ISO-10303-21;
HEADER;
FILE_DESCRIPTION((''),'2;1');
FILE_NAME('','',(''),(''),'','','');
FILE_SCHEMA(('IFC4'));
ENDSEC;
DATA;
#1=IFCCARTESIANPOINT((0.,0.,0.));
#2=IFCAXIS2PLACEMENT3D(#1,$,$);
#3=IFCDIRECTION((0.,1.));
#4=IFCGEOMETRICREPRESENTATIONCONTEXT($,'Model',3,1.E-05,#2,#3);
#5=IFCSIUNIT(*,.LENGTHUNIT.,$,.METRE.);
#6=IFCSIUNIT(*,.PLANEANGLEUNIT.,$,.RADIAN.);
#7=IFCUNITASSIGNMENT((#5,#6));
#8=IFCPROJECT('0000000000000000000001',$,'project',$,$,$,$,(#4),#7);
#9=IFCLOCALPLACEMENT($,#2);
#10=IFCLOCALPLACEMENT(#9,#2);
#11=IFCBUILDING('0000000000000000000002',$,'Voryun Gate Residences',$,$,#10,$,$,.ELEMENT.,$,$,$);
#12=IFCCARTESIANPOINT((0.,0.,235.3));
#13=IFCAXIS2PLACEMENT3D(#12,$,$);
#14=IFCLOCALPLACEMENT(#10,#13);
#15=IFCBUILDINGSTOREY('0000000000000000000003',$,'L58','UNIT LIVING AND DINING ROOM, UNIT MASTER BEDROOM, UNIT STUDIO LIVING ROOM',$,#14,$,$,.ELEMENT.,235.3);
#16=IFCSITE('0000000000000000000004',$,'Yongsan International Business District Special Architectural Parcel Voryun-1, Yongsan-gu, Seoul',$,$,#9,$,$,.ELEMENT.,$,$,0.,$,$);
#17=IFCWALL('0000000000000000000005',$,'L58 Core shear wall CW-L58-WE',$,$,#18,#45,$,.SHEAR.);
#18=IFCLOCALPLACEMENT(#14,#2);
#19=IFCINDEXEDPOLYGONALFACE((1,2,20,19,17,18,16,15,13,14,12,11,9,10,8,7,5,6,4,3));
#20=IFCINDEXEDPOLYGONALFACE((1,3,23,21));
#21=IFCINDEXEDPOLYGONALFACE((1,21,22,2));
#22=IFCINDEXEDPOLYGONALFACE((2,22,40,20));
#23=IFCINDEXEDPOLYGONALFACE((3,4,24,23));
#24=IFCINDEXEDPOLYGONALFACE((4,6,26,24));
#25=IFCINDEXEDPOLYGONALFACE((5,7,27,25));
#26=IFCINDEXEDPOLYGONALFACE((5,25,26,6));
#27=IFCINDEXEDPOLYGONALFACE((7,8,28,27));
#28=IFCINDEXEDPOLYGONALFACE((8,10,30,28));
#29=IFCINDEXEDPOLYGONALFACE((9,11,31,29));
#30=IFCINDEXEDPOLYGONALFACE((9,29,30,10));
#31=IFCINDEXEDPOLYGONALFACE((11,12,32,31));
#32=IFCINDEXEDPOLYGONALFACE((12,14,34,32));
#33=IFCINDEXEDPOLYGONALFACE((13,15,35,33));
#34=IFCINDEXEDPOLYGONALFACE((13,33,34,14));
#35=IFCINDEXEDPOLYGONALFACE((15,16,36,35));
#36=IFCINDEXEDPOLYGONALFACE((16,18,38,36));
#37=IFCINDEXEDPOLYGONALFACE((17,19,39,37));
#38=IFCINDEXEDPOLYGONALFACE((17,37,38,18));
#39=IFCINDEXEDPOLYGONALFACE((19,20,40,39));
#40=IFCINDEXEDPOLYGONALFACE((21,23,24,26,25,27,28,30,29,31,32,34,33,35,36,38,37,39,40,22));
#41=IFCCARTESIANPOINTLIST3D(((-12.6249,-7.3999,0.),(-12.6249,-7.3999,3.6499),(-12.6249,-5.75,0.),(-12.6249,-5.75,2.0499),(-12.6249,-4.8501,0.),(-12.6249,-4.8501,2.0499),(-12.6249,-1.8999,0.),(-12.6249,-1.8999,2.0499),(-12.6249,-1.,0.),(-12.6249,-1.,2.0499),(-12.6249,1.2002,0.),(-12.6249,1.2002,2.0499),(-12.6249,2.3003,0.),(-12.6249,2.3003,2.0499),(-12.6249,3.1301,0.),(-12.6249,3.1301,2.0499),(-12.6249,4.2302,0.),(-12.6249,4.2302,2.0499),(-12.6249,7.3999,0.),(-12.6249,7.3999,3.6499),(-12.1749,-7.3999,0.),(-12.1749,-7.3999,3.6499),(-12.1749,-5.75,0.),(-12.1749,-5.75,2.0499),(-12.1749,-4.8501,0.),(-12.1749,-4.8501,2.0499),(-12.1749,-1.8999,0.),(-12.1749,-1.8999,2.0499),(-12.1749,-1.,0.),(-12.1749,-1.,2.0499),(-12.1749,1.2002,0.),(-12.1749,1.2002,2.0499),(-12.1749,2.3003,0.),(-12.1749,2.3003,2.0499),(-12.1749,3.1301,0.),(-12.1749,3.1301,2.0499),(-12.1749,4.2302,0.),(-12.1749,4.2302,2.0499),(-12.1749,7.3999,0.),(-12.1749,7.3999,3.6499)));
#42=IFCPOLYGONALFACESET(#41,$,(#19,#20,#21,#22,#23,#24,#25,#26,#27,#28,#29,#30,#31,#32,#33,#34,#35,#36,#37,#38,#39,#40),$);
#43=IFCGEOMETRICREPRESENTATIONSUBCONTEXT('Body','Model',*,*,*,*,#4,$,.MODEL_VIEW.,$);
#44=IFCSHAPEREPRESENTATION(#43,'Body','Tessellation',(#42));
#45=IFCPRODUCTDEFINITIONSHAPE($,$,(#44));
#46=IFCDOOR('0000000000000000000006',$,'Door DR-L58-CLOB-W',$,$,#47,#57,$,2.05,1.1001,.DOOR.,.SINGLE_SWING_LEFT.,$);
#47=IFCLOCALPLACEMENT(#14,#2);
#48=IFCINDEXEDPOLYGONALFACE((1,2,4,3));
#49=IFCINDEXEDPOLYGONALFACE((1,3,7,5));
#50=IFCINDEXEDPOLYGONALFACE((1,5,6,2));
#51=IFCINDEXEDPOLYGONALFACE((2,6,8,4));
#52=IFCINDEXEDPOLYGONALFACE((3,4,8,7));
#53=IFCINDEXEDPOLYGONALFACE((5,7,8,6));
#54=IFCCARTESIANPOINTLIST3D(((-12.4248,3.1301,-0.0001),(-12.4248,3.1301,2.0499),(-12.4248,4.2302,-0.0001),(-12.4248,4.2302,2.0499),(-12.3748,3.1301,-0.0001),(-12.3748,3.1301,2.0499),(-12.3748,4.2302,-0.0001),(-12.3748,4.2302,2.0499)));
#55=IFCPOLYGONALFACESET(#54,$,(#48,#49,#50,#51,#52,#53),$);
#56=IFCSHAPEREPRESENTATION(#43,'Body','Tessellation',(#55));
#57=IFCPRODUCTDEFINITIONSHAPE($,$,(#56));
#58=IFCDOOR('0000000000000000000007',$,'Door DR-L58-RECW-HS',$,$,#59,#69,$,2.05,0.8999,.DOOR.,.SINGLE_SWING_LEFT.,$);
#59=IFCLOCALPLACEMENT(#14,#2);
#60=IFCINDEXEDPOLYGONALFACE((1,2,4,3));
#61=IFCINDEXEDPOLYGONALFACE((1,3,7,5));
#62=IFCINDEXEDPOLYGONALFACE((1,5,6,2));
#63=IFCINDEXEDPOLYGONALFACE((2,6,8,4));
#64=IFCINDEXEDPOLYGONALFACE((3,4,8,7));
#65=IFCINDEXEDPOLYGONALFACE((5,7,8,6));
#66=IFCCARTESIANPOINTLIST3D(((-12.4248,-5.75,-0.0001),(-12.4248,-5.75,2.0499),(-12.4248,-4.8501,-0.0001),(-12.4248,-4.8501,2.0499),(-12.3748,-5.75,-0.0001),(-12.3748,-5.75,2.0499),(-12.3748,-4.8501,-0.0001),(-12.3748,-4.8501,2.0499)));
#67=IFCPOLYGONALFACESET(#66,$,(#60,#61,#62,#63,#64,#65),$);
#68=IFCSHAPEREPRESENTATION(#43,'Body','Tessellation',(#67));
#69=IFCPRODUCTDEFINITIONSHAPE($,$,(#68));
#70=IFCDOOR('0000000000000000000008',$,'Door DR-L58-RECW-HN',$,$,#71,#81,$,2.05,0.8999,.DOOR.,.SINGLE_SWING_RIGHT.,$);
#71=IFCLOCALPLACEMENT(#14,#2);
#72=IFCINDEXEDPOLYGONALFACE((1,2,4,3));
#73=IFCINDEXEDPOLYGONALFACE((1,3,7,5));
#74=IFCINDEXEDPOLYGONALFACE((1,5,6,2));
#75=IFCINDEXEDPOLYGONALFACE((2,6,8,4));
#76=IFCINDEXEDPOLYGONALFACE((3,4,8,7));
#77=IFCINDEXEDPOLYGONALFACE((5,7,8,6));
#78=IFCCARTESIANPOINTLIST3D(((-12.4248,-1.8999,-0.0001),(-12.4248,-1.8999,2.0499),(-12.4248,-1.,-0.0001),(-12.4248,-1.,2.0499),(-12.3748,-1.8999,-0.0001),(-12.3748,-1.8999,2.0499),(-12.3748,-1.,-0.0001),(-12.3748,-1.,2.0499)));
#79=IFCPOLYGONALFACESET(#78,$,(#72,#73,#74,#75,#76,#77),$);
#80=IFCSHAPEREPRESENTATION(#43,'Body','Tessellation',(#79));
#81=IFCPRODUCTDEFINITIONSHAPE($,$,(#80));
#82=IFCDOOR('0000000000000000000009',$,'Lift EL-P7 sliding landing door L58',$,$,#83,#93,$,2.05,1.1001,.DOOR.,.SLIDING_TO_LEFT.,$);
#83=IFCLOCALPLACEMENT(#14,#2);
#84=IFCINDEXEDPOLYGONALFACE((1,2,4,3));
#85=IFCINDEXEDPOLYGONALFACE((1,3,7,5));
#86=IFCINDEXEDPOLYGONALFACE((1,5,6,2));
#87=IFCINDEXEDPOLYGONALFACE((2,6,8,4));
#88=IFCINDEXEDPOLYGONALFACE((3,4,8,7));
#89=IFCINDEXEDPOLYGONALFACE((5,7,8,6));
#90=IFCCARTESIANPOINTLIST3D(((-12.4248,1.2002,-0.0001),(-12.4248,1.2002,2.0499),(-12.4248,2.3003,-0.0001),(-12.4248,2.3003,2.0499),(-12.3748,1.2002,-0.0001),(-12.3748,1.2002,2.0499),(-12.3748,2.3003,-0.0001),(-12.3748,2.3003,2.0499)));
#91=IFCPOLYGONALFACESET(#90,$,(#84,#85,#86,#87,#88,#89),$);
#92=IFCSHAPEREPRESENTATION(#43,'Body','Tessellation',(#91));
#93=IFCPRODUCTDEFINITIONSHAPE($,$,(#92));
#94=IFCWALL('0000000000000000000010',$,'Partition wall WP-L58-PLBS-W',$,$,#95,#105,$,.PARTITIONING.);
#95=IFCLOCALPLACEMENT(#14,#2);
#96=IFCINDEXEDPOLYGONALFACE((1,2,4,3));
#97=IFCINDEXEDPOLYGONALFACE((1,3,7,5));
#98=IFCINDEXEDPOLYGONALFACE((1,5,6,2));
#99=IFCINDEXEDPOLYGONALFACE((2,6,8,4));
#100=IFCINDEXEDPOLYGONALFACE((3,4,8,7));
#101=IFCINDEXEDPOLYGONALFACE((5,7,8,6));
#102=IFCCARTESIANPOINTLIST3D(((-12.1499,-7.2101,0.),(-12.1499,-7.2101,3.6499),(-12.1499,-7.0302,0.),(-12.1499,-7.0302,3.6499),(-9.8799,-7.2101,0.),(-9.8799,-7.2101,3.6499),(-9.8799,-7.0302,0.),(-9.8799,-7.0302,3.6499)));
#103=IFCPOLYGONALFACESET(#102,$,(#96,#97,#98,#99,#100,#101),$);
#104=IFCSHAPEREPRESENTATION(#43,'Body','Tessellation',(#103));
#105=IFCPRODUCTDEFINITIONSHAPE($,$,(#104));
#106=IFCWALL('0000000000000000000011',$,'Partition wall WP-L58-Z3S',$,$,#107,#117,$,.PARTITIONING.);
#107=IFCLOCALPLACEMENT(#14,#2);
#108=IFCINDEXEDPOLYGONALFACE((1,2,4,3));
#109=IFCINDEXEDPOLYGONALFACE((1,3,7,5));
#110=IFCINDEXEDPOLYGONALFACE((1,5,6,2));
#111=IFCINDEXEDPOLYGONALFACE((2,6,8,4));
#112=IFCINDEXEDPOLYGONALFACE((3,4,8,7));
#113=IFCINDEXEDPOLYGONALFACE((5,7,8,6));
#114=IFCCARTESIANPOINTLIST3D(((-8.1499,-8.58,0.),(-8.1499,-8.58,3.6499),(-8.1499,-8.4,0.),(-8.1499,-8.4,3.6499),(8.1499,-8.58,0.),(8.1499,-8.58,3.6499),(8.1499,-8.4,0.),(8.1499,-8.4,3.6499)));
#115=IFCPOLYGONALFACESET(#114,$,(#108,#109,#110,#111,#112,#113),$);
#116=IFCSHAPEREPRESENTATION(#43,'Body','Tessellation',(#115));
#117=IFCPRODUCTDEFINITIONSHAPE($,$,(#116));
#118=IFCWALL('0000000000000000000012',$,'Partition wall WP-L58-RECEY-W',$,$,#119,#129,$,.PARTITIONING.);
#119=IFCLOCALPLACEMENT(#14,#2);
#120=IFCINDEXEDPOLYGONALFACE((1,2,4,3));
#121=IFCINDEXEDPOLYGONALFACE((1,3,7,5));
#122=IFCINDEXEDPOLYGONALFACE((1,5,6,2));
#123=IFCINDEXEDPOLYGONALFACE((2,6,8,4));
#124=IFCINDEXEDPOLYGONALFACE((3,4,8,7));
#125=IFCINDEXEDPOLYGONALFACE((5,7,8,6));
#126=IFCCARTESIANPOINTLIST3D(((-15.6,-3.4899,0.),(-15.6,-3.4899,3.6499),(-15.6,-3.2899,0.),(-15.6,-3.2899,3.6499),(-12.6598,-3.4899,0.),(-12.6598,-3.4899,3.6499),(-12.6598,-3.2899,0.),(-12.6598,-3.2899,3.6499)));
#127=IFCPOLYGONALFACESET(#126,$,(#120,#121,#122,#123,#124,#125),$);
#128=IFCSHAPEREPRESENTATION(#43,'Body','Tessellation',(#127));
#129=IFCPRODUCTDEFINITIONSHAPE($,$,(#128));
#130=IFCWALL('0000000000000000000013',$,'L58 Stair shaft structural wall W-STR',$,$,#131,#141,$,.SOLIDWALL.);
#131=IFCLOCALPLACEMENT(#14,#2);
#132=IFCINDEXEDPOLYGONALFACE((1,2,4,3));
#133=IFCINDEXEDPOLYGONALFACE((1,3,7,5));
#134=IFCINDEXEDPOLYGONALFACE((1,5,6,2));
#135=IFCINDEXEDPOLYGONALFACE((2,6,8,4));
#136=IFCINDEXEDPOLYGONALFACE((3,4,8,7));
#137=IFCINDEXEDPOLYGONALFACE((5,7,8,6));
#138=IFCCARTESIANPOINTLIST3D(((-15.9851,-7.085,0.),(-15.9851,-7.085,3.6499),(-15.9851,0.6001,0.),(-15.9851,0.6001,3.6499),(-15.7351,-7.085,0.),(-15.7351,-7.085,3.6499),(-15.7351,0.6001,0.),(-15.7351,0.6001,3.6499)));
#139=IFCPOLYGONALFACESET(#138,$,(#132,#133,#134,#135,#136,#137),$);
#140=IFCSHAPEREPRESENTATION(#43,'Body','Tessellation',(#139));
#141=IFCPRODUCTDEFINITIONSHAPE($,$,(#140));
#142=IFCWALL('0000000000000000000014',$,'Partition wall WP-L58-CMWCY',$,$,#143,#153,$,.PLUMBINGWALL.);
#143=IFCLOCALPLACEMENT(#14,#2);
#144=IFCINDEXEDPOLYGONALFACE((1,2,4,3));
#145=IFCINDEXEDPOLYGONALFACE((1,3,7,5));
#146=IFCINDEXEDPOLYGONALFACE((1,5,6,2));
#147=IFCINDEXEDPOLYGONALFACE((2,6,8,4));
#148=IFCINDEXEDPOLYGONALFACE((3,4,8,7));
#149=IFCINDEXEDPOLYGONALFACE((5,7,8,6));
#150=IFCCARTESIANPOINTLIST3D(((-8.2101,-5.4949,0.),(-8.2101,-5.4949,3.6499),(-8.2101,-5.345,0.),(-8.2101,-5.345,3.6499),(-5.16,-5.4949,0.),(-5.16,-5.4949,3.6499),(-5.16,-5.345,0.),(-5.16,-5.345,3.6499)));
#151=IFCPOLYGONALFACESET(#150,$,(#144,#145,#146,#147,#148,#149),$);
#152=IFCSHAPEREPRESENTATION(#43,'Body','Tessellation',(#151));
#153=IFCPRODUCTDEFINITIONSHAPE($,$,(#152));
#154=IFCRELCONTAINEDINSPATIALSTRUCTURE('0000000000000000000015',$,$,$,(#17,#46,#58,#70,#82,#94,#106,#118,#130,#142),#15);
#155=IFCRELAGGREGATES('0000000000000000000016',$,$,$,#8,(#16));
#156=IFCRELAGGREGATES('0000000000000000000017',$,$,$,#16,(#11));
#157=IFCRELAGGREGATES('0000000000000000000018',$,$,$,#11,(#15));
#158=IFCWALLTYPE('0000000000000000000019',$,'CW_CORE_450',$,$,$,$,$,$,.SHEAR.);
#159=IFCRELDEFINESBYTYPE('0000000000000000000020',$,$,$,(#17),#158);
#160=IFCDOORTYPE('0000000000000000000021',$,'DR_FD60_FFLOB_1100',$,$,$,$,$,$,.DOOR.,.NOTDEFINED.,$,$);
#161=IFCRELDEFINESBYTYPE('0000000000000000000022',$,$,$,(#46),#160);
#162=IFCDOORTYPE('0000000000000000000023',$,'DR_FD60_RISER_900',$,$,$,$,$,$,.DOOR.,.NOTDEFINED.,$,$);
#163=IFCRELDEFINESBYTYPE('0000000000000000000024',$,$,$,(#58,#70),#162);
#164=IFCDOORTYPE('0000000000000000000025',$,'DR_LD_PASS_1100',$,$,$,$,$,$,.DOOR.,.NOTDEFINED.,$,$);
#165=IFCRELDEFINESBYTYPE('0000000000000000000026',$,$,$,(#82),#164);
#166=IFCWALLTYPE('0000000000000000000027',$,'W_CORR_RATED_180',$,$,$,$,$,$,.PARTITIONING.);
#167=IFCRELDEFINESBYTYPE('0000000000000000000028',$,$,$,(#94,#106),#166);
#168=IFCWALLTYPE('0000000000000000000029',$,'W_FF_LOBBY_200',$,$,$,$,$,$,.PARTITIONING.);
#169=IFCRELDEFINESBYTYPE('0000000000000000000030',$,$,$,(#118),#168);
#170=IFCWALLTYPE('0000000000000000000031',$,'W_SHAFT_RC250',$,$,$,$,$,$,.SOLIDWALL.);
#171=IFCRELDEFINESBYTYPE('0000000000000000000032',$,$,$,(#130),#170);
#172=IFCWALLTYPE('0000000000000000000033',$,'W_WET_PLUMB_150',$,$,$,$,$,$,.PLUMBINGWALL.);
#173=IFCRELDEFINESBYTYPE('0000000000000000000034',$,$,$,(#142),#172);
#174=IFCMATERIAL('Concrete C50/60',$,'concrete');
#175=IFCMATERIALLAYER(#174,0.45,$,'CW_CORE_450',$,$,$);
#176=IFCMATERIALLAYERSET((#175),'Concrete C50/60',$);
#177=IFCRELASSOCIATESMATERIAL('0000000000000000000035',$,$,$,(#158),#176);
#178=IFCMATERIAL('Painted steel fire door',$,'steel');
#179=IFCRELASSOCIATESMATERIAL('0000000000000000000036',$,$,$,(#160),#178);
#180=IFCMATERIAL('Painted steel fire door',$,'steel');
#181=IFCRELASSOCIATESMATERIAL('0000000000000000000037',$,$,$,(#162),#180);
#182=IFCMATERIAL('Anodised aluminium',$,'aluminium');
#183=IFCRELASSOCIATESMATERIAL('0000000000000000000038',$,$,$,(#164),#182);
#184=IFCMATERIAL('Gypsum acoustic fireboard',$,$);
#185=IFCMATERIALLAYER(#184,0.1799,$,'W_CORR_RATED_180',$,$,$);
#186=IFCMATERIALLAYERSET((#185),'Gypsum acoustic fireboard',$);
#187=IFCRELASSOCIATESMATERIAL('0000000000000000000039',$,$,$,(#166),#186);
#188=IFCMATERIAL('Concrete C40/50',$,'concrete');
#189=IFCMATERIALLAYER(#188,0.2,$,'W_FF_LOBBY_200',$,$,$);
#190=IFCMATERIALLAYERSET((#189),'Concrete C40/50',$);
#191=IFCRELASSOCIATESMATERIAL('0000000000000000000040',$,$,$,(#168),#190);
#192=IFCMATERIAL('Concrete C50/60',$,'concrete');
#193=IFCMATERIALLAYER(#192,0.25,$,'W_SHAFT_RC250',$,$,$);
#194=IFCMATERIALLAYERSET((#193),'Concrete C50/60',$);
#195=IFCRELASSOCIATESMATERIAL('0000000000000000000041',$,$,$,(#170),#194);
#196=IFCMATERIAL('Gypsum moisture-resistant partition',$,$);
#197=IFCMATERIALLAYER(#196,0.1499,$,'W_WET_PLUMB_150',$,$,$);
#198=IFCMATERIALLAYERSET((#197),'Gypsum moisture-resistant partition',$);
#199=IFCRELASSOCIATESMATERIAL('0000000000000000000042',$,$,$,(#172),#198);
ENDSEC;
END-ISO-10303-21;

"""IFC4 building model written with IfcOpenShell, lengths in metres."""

from ifc_helpers import new_model, si_unit, direction, frame, frame_2d, origin, place, context, subcontext, project, spatial, rectangle, extrude, material, layer, layer_set, type_object, element, fill, save


model = new_model("IFC4")

# Units and contexts
model_context = context("Model", 3, precision=1e-05, world=origin(), true_north=direction((0.0, 1.0)))
body_context = subcontext(model_context, "Body", "Model", "MODEL_VIEW")
ifc_project = project(units=[si_unit("LENGTHUNIT", "METRE"), si_unit("PLANEANGLEUNIT", "RADIAN")], contexts=[model_context])

# Site, building, storey
site_placement = place(None, origin())
site = spatial("IfcSite", under=ifc_project, at=site_placement, Name="Yongsan International Business District Special Architectural Parcel Voryun-1, Yongsan-gu, Seoul", CompositionType="ELEMENT", RefElevation=0.0)
building_placement = place(site_placement, origin())
building = spatial("IfcBuilding", under=site, at=building_placement, Name="Voryun Gate Residences", CompositionType="ELEMENT")
storey_placement = place(building_placement, frame((0.0, 0.0, 235.3)))
storey = spatial("IfcBuildingStorey", under=building, at=storey_placement, Name="L58", Description="UNIT LIVING AND DINING ROOM, UNIT MASTER BEDROOM, UNIT STUDIO LIVING ROOM", CompositionType="ELEMENT", Elevation=235.3)

# Wall, openings, doors
ifc_material_1 = material(Name="Concrete C50/60", Category="concrete")
ifc_layer_1 = layer(ifc_material_1, 0.45, Name="CW_CORE_450")
ifc_layer_set_1 = layer_set([ifc_layer_1], Name="Concrete C50/60")
wall_type_1 = type_object("IfcWallType", Name="CW_CORE_450", PredefinedType="SHEAR", material=ifc_layer_set_1)
wall_1_placement = place(storey_placement, frame((-12.3999, -7.3999, 0.0), z_axis=(0.0, 0.0, 1.0), x_axis=(0.0, 1.0, 0.0)))
wall_1 = element("IfcWall", 1, at=wall_1_placement, inside=storey, type_object=wall_type_1, Name="L58 Core shear wall CW-L58-WE", PredefinedType="SHEAR", context=body_context, shape_type="SweptSolid", body=[
    extrude(rectangle(XDim=14.7998, YDim=0.45, at=frame_2d((7.3999, 0.0))), origin(), (0.0, 0.0, 1.0), 3.6499),
])
opening_1_placement = place(wall_1_placement, frame((8.6001, 0.0, 0.0)))
opening_1 = element("IfcOpeningElement", 2, at=opening_1_placement, cuts=wall_1, PredefinedType="OPENING", context=body_context, shape_type="SweptSolid", body=[
    extrude(rectangle(XDim=1.1001, YDim=2.05, at=frame_2d((0.55, 1.0249))), frame((0.0, 0.2351, 0.0), z_axis=(0.0, -1.0, 0.0), x_axis=(1.0, 0.0, 0.0)), (0.0, 0.0, 1.0), 0.47),
])
opening_2_placement = place(wall_1_placement, frame((10.53, 0.0, 0.0)))
opening_2 = element("IfcOpeningElement", 3, at=opening_2_placement, cuts=wall_1, PredefinedType="OPENING", context=body_context, shape_type="SweptSolid", body=[
    extrude(rectangle(XDim=1.1001, YDim=2.05, at=frame_2d((0.55, 1.0249))), frame((0.0, 0.2351, 0.0), z_axis=(0.0, -1.0, 0.0), x_axis=(1.0, 0.0, 0.0)), (0.0, 0.0, 1.0), 0.47),
])
opening_3_placement = place(wall_1_placement, frame((1.6499, 0.0, 0.0)))
opening_3 = element("IfcOpeningElement", 4, at=opening_3_placement, cuts=wall_1, PredefinedType="OPENING", context=body_context, shape_type="SweptSolid", body=[
    extrude(rectangle(XDim=0.8999, YDim=2.05, at=frame_2d((0.45, 1.0249))), frame((0.0, 0.2351, 0.0), z_axis=(0.0, -1.0, 0.0), x_axis=(1.0, 0.0, 0.0)), (0.0, 0.0, 1.0), 0.47),
])
opening_4_placement = place(wall_1_placement, frame((5.5, 0.0, 0.0)))
opening_4 = element("IfcOpeningElement", 5, at=opening_4_placement, cuts=wall_1, PredefinedType="OPENING", context=body_context, shape_type="SweptSolid", body=[
    extrude(rectangle(XDim=0.8999, YDim=2.05, at=frame_2d((0.45, 1.0249))), frame((0.0, 0.2351, 0.0), z_axis=(0.0, -1.0, 0.0), x_axis=(1.0, 0.0, 0.0)), (0.0, 0.0, 1.0), 0.47),
])
ifc_material_2 = material(Name="Painted steel fire door", Category="steel")
door_type_1 = type_object("IfcDoorType", Name="DR_FD60_FFLOB_1100", OperationType="NOTDEFINED", PredefinedType="DOOR", material=ifc_material_2)
door_1_placement = place(opening_2_placement, origin())
door_1 = element("IfcDoor", 6, at=door_1_placement, inside=storey, type_object=door_type_1, Name="Door DR-L58-CLOB-W", OperationType="SINGLE_SWING_LEFT", OverallHeight=2.05, OverallWidth=1.1001, PredefinedType="DOOR", context=body_context, shape_type="SweptSolid", body=[
    extrude(rectangle(XDim=1.1001, YDim=2.05, at=frame_2d((0.55, 1.0249))), frame((0.0, 0.0249, 0.0), z_axis=(0.0, -1.0, 0.0), x_axis=(1.0, 0.0, 0.0)), (0.0, 0.0, 1.0), 0.05),
])
fill(opening_2, door_1)
ifc_material_3 = material(Name="Painted steel fire door", Category="steel")
door_type_2 = type_object("IfcDoorType", Name="DR_FD60_RISER_900", OperationType="NOTDEFINED", PredefinedType="DOOR", material=ifc_material_3)
door_2_placement = place(opening_3_placement, origin())
door_2 = element("IfcDoor", 7, at=door_2_placement, inside=storey, type_object=door_type_2, Name="Door DR-L58-RECW-HS", OperationType="SINGLE_SWING_LEFT", OverallHeight=2.05, OverallWidth=0.8999, PredefinedType="DOOR", context=body_context, shape_type="SweptSolid", body=[
    extrude(rectangle(XDim=0.8999, YDim=2.05, at=frame_2d((0.45, 1.0249))), frame((0.0, 0.0249, 0.0), z_axis=(0.0, -1.0, 0.0), x_axis=(1.0, 0.0, 0.0)), (0.0, 0.0, 1.0), 0.05),
])
fill(opening_3, door_2)
door_3_placement = place(opening_4_placement, origin())
door_3 = element("IfcDoor", 8, at=door_3_placement, inside=storey, type_object=door_type_2, Name="Door DR-L58-RECW-HN", OperationType="SINGLE_SWING_RIGHT", OverallHeight=2.05, OverallWidth=0.8999, PredefinedType="DOOR", context=body_context, shape_type="SweptSolid", body=[
    extrude(rectangle(XDim=0.8999, YDim=2.05, at=frame_2d((0.45, 1.0249))), frame((0.0, 0.0249, 0.0), z_axis=(0.0, -1.0, 0.0), x_axis=(1.0, 0.0, 0.0)), (0.0, 0.0, 1.0), 0.05),
])
fill(opening_4, door_3)
ifc_material_4 = material(Name="Anodised aluminium", Category="aluminium")
door_type_3 = type_object("IfcDoorType", Name="DR_LD_PASS_1100", OperationType="NOTDEFINED", PredefinedType="DOOR", material=ifc_material_4)
door_4_placement = place(opening_1_placement, origin())
door_4 = element("IfcDoor", 9, at=door_4_placement, inside=storey, type_object=door_type_3, Name="Lift EL-P7 sliding landing door L58", OperationType="SLIDING_TO_LEFT", OverallHeight=2.05, OverallWidth=1.1001, PredefinedType="DOOR", context=body_context, shape_type="SweptSolid", body=[
    extrude(rectangle(XDim=1.1001, YDim=2.05, at=frame_2d((0.55, 1.0249))), frame((0.0, 0.0249, 0.0), z_axis=(0.0, -1.0, 0.0), x_axis=(1.0, 0.0, 0.0)), (0.0, 0.0, 1.0), 0.05),
])
fill(opening_1, door_4)

# Walls
ifc_material_5 = material(Name="Gypsum acoustic fireboard")
ifc_layer_2 = layer(ifc_material_5, 0.1799, Name="W_CORR_RATED_180")
ifc_layer_set_2 = layer_set([ifc_layer_2], Name="Gypsum acoustic fireboard")
wall_type_2 = type_object("IfcWallType", Name="W_CORR_RATED_180", PredefinedType="PARTITIONING", material=ifc_layer_set_2)
wall_2_placement = place(storey_placement, frame((-12.1499, -7.1201, 0.0), z_axis=(0.0, 0.0, 1.0), x_axis=(1.0, 0.0, 0.0)))
element("IfcWall", 10, at=wall_2_placement, inside=storey, type_object=wall_type_2, Name="Partition wall WP-L58-PLBS-W", PredefinedType="PARTITIONING", context=body_context, shape_type="SweptSolid", body=[
    extrude(rectangle(XDim=2.27, YDim=0.1799, at=frame_2d((1.135, 0.0))), origin(), (0.0, 0.0, 1.0), 3.6499),
])
wall_3_placement = place(storey_placement, frame((-8.1499, -8.49, 0.0), z_axis=(0.0, 0.0, 1.0), x_axis=(1.0, 0.0, 0.0)))
element("IfcWall", 11, at=wall_3_placement, inside=storey, type_object=wall_type_2, Name="Partition wall WP-L58-Z3S", PredefinedType="PARTITIONING", context=body_context, shape_type="SweptSolid", body=[
    extrude(rectangle(XDim=16.2998, YDim=0.1799, at=frame_2d((8.1499, 0.0))), origin(), (0.0, 0.0, 1.0), 3.6499),
])
ifc_material_6 = material(Name="Concrete C40/50", Category="concrete")
ifc_layer_3 = layer(ifc_material_6, 0.2, Name="W_FF_LOBBY_200")
ifc_layer_set_3 = layer_set([ifc_layer_3], Name="Concrete C40/50")
wall_type_3 = type_object("IfcWallType", Name="W_FF_LOBBY_200", PredefinedType="PARTITIONING", material=ifc_layer_set_3)
wall_4_placement = place(storey_placement, frame((-15.6001, -3.3899, 0.0), z_axis=(0.0, 0.0, 1.0), x_axis=(1.0, 0.0, 0.0)))
element("IfcWall", 12, at=wall_4_placement, inside=storey, type_object=wall_type_3, Name="Partition wall WP-L58-RECEY-W", PredefinedType="PARTITIONING", context=body_context, shape_type="SweptSolid", body=[
    extrude(rectangle(XDim=2.9402, YDim=0.2, at=frame_2d((1.4702, 0.0))), origin(), (0.0, 0.0, 1.0), 3.6499),
])
ifc_material_7 = material(Name="Concrete C50/60", Category="concrete")
ifc_layer_4 = layer(ifc_material_7, 0.25, Name="W_SHAFT_RC250")
ifc_layer_set_4 = layer_set([ifc_layer_4], Name="Concrete C50/60")
wall_type_4 = type_object("IfcWallType", Name="W_SHAFT_RC250", PredefinedType="SOLIDWALL", material=ifc_layer_set_4)
wall_5_placement = place(storey_placement, frame((-15.8601, -7.085, 0.0), z_axis=(0.0, 0.0, 1.0), x_axis=(0.0, 1.0, 0.0)))
element("IfcWall", 13, at=wall_5_placement, inside=storey, type_object=wall_type_4, Name="L58 Stair shaft structural wall W-STR", PredefinedType="SOLIDWALL", context=body_context, shape_type="SweptSolid", body=[
    extrude(rectangle(XDim=7.6851, YDim=0.25, at=frame_2d((3.8425, 0.0))), origin(), (0.0, 0.0, 1.0), 3.6499),
])
ifc_material_8 = material(Name="Gypsum moisture-resistant partition")
ifc_layer_5 = layer(ifc_material_8, 0.1499, Name="W_WET_PLUMB_150")
ifc_layer_set_5 = layer_set([ifc_layer_5], Name="Gypsum moisture-resistant partition")
wall_type_5 = type_object("IfcWallType", Name="W_WET_PLUMB_150", PredefinedType="PLUMBINGWALL", material=ifc_layer_set_5)
wall_6_placement = place(storey_placement, frame((-8.21, -5.4199, 0.0), z_axis=(0.0, 0.0, 1.0), x_axis=(1.0, 0.0, 0.0)))
element("IfcWall", 14, at=wall_6_placement, inside=storey, type_object=wall_type_5, Name="Partition wall WP-L58-CMWCY", PredefinedType="PLUMBINGWALL", context=body_context, shape_type="SweptSolid", body=[
    extrude(rectangle(XDim=3.05, YDim=0.1499, at=frame_2d((1.5249, 0.0))), origin(), (0.0, 0.0, 1.0), 3.6499),
])

save(model, "model.ifc")
